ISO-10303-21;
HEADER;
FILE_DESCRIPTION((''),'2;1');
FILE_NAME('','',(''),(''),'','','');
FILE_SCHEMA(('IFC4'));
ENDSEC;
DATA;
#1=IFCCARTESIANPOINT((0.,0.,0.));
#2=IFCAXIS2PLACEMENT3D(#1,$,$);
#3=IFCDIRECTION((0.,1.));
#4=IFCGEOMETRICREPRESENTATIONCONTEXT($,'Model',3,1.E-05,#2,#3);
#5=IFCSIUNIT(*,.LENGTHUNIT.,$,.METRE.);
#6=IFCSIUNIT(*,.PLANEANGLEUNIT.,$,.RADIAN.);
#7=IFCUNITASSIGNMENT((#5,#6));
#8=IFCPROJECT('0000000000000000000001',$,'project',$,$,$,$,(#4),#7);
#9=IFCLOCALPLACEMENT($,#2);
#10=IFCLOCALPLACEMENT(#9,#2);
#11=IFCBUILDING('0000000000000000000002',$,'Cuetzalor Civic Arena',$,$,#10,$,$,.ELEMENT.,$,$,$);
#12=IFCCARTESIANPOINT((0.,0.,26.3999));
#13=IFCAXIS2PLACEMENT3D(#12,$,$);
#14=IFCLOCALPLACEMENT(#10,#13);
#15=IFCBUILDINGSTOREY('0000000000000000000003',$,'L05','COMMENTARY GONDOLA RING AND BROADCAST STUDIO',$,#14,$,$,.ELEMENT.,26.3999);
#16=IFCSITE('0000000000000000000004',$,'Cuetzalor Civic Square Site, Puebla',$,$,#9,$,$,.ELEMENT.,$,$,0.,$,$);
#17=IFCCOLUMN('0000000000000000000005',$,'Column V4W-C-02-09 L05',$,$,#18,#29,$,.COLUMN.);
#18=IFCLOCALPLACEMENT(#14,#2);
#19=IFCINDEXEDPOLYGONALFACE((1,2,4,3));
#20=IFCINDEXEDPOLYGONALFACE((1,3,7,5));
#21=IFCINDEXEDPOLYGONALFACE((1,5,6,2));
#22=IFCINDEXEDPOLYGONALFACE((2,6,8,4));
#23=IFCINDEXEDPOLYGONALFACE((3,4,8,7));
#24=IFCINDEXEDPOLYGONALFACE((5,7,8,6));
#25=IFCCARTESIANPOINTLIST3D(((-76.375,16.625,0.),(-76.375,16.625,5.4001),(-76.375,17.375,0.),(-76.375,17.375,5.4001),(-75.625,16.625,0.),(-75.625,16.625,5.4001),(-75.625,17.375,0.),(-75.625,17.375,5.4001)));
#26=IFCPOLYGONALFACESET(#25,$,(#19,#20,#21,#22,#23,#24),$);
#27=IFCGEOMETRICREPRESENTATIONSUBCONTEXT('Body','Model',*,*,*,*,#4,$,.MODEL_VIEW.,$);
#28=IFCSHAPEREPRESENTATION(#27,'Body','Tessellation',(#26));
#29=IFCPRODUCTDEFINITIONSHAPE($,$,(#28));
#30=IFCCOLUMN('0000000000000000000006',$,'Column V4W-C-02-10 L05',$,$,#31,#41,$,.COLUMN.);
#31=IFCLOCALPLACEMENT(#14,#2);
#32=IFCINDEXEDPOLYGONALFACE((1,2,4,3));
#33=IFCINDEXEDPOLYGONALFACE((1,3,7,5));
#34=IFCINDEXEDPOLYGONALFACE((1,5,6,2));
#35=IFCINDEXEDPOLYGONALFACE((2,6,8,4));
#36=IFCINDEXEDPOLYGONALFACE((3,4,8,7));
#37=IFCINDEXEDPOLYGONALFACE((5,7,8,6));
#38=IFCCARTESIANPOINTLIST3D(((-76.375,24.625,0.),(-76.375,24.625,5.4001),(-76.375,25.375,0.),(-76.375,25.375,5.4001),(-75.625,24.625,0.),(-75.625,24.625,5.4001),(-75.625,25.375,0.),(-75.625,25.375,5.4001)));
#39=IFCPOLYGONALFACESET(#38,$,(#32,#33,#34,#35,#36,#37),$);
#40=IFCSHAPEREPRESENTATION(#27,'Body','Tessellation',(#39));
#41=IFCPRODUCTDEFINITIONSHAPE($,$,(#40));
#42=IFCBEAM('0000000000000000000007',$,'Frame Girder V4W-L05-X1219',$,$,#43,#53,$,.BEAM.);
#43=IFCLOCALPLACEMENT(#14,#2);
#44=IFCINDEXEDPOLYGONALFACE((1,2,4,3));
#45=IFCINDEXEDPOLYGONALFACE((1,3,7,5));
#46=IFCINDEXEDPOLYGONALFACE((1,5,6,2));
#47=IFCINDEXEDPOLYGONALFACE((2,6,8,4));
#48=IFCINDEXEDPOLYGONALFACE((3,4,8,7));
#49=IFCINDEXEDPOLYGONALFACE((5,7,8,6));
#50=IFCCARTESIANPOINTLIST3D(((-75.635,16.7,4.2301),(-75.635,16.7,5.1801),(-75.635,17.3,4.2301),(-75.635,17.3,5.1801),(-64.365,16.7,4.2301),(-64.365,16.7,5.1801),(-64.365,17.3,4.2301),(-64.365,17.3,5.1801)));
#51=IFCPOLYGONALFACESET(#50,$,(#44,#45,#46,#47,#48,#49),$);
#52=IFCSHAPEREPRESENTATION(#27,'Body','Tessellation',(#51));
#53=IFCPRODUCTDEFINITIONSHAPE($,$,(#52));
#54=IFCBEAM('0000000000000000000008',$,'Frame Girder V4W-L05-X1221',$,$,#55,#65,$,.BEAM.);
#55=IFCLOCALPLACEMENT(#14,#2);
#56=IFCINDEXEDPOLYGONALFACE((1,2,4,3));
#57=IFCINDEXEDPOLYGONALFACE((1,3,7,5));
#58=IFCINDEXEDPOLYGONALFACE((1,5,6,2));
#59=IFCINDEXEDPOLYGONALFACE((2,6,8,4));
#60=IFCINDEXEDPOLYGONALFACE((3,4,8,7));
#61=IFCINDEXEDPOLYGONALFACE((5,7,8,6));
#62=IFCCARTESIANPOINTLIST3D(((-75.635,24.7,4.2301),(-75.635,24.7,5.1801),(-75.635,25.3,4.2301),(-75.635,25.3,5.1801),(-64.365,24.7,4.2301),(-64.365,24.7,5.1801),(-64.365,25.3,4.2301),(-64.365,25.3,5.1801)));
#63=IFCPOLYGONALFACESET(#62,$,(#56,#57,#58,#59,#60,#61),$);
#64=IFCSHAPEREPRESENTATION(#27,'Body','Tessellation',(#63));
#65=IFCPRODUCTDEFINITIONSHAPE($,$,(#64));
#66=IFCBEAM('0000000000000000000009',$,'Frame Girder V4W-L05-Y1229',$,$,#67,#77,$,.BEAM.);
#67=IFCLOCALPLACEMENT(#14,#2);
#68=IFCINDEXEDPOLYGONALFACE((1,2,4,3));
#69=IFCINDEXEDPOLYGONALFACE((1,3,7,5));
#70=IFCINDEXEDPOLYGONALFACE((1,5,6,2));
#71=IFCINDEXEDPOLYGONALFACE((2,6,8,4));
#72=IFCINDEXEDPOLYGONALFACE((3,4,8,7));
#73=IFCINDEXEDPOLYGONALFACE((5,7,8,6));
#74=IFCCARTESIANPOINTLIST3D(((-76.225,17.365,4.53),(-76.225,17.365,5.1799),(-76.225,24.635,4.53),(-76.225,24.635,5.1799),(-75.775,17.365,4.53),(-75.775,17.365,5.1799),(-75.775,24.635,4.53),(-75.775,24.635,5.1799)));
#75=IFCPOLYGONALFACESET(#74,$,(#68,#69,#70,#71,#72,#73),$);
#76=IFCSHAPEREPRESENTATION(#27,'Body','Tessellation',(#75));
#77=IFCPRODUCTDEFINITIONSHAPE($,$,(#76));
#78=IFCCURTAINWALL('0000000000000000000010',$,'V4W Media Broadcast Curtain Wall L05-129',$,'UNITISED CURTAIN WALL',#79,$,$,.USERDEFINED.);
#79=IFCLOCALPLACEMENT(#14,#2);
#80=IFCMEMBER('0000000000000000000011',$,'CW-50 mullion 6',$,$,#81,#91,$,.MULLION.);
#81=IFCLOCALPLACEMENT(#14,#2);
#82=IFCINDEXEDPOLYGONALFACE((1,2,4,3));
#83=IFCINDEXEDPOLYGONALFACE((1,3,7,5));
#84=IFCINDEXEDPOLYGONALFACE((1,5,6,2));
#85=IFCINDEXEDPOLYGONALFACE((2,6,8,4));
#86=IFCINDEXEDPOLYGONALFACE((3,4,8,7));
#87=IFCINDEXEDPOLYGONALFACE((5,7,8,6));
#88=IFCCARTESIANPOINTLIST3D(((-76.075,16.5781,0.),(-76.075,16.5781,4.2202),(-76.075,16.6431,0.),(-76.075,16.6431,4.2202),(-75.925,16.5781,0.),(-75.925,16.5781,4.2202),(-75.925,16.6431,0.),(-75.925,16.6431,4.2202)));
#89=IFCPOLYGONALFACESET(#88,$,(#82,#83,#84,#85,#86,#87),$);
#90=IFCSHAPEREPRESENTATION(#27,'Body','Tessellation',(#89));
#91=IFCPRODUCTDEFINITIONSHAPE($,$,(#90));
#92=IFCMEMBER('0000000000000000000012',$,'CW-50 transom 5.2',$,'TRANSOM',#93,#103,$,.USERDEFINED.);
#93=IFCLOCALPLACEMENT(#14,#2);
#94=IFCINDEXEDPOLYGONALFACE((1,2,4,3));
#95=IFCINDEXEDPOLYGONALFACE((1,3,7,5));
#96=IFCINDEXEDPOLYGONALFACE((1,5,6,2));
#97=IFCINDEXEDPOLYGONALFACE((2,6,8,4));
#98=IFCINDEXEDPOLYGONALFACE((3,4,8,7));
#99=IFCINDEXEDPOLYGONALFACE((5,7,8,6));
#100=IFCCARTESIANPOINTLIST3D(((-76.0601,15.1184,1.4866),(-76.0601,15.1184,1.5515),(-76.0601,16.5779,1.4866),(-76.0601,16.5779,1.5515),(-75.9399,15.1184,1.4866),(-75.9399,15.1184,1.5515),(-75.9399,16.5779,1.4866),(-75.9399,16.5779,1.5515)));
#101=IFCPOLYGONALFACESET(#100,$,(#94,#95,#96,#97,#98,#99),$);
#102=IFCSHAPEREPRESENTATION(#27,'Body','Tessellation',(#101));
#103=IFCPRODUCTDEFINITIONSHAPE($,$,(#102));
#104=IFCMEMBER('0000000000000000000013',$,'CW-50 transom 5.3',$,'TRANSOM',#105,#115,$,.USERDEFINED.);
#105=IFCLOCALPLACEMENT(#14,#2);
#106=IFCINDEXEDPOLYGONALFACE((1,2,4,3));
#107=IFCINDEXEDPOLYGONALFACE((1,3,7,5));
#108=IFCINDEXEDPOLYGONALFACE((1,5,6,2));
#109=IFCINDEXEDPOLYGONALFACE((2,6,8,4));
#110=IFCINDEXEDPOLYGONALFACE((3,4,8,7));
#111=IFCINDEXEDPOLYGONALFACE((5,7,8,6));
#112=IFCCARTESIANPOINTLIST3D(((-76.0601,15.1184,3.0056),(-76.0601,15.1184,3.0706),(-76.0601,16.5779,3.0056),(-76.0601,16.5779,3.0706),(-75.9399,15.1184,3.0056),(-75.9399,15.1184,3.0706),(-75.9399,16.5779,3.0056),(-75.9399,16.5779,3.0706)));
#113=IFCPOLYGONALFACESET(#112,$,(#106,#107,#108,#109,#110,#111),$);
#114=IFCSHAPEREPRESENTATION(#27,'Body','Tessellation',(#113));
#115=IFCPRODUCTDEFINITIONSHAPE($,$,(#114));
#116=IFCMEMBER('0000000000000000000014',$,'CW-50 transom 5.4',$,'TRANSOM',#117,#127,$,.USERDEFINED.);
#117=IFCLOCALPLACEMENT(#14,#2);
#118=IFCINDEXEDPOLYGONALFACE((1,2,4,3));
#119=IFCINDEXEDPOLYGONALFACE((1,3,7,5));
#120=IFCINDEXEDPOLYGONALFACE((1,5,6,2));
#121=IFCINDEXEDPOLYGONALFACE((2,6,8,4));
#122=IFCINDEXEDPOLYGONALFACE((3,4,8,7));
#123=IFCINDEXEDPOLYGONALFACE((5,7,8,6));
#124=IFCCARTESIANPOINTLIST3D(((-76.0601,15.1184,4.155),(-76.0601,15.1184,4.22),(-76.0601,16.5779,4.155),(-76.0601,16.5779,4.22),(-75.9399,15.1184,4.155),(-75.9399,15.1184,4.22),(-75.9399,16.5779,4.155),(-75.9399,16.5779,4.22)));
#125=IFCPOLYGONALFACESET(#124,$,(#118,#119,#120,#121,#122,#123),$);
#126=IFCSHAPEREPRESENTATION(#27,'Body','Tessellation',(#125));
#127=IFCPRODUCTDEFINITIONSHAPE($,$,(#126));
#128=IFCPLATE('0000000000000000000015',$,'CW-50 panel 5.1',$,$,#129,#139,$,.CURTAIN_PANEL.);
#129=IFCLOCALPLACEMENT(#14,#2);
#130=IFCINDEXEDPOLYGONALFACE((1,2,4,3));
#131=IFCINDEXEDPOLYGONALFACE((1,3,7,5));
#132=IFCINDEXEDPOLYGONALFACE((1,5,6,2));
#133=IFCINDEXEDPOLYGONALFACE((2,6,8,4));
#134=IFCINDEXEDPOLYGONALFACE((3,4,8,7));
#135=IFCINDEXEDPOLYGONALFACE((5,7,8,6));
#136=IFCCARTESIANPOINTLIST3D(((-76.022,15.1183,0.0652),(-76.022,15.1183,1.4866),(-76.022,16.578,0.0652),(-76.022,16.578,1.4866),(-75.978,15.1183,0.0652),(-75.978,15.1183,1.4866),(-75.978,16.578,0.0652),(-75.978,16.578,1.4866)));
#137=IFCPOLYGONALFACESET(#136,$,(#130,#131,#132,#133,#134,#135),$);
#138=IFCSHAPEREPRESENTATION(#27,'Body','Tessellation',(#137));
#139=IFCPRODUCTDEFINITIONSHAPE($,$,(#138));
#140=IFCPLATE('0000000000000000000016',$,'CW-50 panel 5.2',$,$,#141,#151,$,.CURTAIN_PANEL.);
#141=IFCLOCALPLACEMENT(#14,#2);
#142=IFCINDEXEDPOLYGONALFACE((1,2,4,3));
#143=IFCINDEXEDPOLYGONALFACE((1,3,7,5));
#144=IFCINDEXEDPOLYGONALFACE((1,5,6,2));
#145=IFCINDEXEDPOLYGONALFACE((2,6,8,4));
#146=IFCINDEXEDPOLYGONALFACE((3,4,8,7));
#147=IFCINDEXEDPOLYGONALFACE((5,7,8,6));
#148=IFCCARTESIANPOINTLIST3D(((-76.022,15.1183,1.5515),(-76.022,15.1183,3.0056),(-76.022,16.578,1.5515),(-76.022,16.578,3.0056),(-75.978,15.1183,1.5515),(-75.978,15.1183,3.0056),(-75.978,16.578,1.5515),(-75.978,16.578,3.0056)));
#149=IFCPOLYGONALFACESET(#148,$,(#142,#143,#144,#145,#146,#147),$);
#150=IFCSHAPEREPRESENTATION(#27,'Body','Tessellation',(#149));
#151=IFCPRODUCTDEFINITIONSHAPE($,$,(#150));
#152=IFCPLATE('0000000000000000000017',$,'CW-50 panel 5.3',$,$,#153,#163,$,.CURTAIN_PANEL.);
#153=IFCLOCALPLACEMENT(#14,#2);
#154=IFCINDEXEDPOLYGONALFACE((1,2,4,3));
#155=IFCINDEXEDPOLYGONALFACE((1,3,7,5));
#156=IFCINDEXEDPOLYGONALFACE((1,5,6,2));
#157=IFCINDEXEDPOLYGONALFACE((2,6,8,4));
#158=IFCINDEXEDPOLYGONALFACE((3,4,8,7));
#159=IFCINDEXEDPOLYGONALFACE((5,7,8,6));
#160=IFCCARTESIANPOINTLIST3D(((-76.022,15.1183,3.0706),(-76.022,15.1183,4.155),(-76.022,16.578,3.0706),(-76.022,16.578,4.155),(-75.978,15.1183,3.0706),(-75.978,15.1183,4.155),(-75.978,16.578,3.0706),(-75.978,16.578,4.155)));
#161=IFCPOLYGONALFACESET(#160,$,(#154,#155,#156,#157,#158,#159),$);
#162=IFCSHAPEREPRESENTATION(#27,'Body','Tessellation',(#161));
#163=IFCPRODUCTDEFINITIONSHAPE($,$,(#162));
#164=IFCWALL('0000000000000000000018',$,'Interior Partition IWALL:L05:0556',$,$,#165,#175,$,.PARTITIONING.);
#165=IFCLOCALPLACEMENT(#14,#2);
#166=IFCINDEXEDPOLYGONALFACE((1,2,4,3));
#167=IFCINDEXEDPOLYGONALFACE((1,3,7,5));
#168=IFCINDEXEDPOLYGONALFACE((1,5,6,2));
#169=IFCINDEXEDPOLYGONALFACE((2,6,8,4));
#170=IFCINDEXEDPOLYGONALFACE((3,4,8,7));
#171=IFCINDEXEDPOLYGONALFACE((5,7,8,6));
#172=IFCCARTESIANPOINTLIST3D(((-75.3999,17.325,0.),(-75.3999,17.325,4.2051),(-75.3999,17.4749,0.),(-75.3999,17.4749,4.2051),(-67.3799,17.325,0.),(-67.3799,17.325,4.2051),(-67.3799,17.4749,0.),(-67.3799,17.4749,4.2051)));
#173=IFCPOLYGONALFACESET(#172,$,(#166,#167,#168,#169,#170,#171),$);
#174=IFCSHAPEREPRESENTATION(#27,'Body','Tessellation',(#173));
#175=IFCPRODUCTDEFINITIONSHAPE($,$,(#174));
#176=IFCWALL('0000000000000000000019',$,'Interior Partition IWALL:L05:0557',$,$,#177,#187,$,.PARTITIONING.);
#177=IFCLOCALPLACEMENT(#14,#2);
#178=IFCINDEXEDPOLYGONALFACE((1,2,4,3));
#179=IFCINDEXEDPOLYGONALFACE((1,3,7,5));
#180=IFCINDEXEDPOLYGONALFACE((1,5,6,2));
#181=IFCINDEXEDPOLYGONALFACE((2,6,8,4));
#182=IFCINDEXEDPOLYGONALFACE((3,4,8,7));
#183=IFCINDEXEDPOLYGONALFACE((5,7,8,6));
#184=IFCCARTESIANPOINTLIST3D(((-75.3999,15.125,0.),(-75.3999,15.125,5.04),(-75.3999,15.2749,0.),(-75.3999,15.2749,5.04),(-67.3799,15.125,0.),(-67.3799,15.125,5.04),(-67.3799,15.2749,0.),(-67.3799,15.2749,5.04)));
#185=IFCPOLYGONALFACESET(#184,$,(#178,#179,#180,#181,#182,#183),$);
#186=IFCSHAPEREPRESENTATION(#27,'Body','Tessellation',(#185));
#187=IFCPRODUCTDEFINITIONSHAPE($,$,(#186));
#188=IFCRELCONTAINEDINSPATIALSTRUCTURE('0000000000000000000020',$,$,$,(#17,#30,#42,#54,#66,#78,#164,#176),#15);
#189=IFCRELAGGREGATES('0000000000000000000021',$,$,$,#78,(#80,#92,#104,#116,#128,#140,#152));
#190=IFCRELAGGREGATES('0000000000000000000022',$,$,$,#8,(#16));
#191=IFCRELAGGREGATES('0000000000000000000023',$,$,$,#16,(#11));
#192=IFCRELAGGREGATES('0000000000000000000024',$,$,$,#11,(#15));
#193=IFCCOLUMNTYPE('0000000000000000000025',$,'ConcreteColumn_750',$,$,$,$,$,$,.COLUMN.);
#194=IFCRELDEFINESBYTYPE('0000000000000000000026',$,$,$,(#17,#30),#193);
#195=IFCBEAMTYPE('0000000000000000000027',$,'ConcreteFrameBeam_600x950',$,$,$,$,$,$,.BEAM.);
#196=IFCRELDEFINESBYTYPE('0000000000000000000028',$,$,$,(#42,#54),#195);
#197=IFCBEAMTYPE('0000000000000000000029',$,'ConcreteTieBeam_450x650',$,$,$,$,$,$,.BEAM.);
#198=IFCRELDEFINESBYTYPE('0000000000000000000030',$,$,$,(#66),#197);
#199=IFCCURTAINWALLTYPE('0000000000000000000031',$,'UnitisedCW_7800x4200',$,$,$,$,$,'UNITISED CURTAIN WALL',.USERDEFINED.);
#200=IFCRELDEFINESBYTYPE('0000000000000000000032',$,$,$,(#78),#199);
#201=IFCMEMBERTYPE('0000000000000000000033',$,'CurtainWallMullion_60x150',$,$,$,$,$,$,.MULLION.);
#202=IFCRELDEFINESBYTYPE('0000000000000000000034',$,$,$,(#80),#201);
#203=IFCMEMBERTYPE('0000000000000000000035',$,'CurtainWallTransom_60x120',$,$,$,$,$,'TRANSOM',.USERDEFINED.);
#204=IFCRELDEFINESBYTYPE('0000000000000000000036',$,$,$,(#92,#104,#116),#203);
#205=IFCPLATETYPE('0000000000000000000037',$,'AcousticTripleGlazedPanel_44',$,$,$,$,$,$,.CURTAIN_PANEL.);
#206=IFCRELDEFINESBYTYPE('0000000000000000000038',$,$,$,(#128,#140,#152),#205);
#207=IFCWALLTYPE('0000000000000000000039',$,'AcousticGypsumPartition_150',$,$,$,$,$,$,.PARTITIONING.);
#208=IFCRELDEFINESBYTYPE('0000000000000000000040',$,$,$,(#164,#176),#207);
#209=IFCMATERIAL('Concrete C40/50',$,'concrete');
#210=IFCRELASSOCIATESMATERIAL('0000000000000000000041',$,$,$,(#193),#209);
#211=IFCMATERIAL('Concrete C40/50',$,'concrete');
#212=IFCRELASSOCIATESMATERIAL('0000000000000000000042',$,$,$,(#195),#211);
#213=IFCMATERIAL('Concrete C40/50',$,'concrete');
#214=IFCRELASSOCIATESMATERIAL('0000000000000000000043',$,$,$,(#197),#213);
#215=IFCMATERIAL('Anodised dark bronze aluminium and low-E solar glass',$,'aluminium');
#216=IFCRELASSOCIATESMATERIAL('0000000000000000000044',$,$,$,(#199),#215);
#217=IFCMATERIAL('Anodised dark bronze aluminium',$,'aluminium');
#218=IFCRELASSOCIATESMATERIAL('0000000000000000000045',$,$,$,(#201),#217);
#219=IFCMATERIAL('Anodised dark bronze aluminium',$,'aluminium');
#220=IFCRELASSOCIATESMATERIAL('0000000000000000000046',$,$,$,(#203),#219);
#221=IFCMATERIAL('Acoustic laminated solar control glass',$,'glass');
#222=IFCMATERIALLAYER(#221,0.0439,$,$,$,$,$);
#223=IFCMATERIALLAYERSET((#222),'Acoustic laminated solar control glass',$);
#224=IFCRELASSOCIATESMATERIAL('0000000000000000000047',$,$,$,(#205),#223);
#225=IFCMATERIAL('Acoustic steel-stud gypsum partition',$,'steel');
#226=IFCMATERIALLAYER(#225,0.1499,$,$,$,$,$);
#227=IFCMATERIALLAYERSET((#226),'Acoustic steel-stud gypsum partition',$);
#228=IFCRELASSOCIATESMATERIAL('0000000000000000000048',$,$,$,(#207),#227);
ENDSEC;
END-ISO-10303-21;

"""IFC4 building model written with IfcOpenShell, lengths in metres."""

from ifc_helpers import new_model, si_unit, direction, frame, frame_2d, origin, origin_2d, place, context, subcontext, project, spatial, rectangle, extrude, material, layer, layer_set, material_profile, profile_set, type_object, element, aggregate, save


model = new_model("IFC4")

# Units and contexts
model_context = context("Model", 3, precision=1e-05, world=origin(), true_north=direction((0.0, 1.0)))
body_context = subcontext(model_context, "Body", "Model", "MODEL_VIEW")
ifc_project = project(units=[si_unit("LENGTHUNIT", "METRE"), si_unit("PLANEANGLEUNIT", "RADIAN")], contexts=[model_context])

# Site, building, storey
site_placement = place(None, origin())
site = spatial("IfcSite", under=ifc_project, at=site_placement, Name="Cuetzalor Civic Square Site, Puebla", CompositionType="ELEMENT", RefElevation=0.0)
building_placement = place(site_placement, origin())
building = spatial("IfcBuilding", under=site, at=building_placement, Name="Cuetzalor Civic Arena", CompositionType="ELEMENT")
storey_placement = place(building_placement, frame((0.0, 0.0, 26.3999)))
storey = spatial("IfcBuildingStorey", under=building, at=storey_placement, Name="L05", Description="COMMENTARY GONDOLA RING AND BROADCAST STUDIO", CompositionType="ELEMENT", Elevation=26.3999)

# Columns
ifc_material_1 = material(Name="Concrete C40/50", Category="concrete")
ifc_material_profile_1 = material_profile(ifc_material_1, rectangle(XDim=0.75, YDim=0.75, at=origin_2d()), Name="RC 750x750")
ifc_profile_set_1 = profile_set([ifc_material_profile_1], Name="Concrete C40/50")
column_type = type_object("IfcColumnType", Name="ConcreteColumn_750", PredefinedType="COLUMN", material=ifc_profile_set_1)
for number, where, z_axis, x_axis, name in (
    (1, (-76.0, 17.0, 0.0), (0.0, 0.0, 1.0), (1.0, 0.0, 0.0), "Column V4W-C-02-09 L05"),
    (2, (-76.0, 25.0, 0.0), (0.0, 0.0, 1.0), (1.0, 0.0, 0.0), "Column V4W-C-02-10 L05"),
):
    element("IfcColumn", number, at=place(storey_placement, frame(where, z_axis=z_axis, x_axis=x_axis)), inside=storey, type_object=column_type, Name=name, PredefinedType="COLUMN", context=body_context, shape_type="SweptSolid", body=[
        extrude(rectangle(XDim=0.75, YDim=0.75, at=origin_2d()), origin(), (0.0, 0.0, 1.0), 5.4001),
    ])

# Beams
ifc_material_2 = material(Name="Concrete C40/50", Category="concrete")
ifc_material_profile_2 = material_profile(ifc_material_2, rectangle(XDim=0.6001, YDim=0.95, at=origin_2d()), Name="RC 600x950")
ifc_profile_set_2 = profile_set([ifc_material_profile_2], Name="Concrete C40/50")
beam_type_1 = type_object("IfcBeamType", Name="ConcreteFrameBeam_600x950", PredefinedType="BEAM", material=ifc_profile_set_2)
for number, where, z_axis, x_axis, name in (
    (3, (-75.635, 17.0, 4.7051), (1.0, 0.0, 0.0), (0.0, 1.0, 0.0), "Frame Girder V4W-L05-X1219"),
    (4, (-75.635, 25.0, 4.7051), (1.0, 0.0, 0.0), (0.0, 1.0, 0.0), "Frame Girder V4W-L05-X1221"),
):
    element("IfcBeam", number, at=place(storey_placement, frame(where, z_axis=z_axis, x_axis=x_axis)), inside=storey, type_object=beam_type_1, Name=name, PredefinedType="BEAM", context=body_context, shape_type="SweptSolid", body=[
        extrude(rectangle(XDim=0.6001, YDim=0.95, at=origin_2d()), origin(), (0.0, 0.0, 1.0), 11.27),
    ])
ifc_material_3 = material(Name="Concrete C40/50", Category="concrete")
ifc_material_profile_3 = material_profile(ifc_material_3, rectangle(XDim=0.45, YDim=0.6499, at=origin_2d()), Name="RC 450x650")
ifc_profile_set_3 = profile_set([ifc_material_profile_3], Name="Concrete C40/50")
beam_type_2 = type_object("IfcBeamType", Name="ConcreteTieBeam_450x650", PredefinedType="BEAM", material=ifc_profile_set_3)
beam_placement = place(storey_placement, frame((-76.0, 17.365, 4.855), z_axis=(0.0, 1.0, 0.0), x_axis=(-1.0, 0.0, 0.0)))
element("IfcBeam", 5, at=beam_placement, inside=storey, type_object=beam_type_2, Name="Frame Girder V4W-L05-Y1229", PredefinedType="BEAM", context=body_context, shape_type="SweptSolid", body=[
    extrude(rectangle(XDim=0.45, YDim=0.6499, at=origin_2d()), origin(), (0.0, 0.0, 1.0), 7.27),
])

# Curtain wall, members, plates
ifc_material_4 = material(Name="Anodised dark bronze aluminium and low-E solar glass", Category="aluminium")
curtain_wall_type = type_object("IfcCurtainWallType", Name="UnitisedCW_7800x4200", ElementType="UNITISED CURTAIN WALL", PredefinedType="USERDEFINED", material=ifc_material_4)
curtain_wall_placement = place(storey_placement, origin())
curtain_wall = element("IfcCurtainWall", 6, at=curtain_wall_placement, inside=storey, type_object=curtain_wall_type, Name="V4W Media Broadcast Curtain Wall L05-129", ObjectType="UNITISED CURTAIN WALL", PredefinedType="USERDEFINED")
ifc_material_5 = material(Name="Anodised dark bronze aluminium", Category="aluminium")
ifc_material_profile_4 = material_profile(ifc_material_5, rectangle(XDim=0.0649, YDim=0.1499, at=origin_2d()), Name="ALU MULLION 65x150")
ifc_profile_set_4 = profile_set([ifc_material_profile_4], Name="Anodised dark bronze aluminium")
member_type_1 = type_object("IfcMemberType", Name="CurtainWallMullion_60x150", PredefinedType="MULLION", material=ifc_profile_set_4)
member_1_placement = place(storey_placement, frame((-76.0, 16.6106, 0.0), z_axis=(0.0, 0.0, 1.0), x_axis=(0.0, 1.0, 0.0)))
member_1 = element("IfcMember", 7, at=member_1_placement, type_object=member_type_1, Name="CW-50 mullion 6", PredefinedType="MULLION", context=body_context, shape_type="SweptSolid", body=[
    extrude(rectangle(XDim=0.0649, YDim=0.1499, at=origin_2d()), origin(), (0.0, 0.0, 1.0), 4.2202),
])
ifc_material_6 = material(Name="Anodised dark bronze aluminium", Category="aluminium")
ifc_material_profile_5 = material_profile(ifc_material_6, rectangle(XDim=0.1201, YDim=0.0649, at=origin_2d()), Name="ALU TRANSOM 65x120")
ifc_profile_set_5 = profile_set([ifc_material_profile_5], Name="Anodised dark bronze aluminium")
member_type_2 = type_object("IfcMemberType", Name="CurtainWallTransom_60x120", ElementType="TRANSOM", PredefinedType="USERDEFINED", material=ifc_profile_set_5)
member_2_placement = place(storey_placement, frame((-76.0, 15.1184, 1.519), z_axis=(0.0, 1.0, 0.0), x_axis=(-1.0, 0.0, 0.0)))
member_2 = element("IfcMember", 8, at=member_2_placement, type_object=member_type_2, Name="CW-50 transom 5.2", ObjectType="TRANSOM", PredefinedType="USERDEFINED", context=body_context, shape_type="SweptSolid", body=[
    extrude(rectangle(XDim=0.1201, YDim=0.0649, at=origin_2d()), origin(), (0.0, 0.0, 1.0), 1.4595),
])
member_3_placement = place(storey_placement, frame((-76.0, 15.1184, 3.0381), z_axis=(0.0, 1.0, 0.0), x_axis=(-1.0, 0.0, 0.0)))
member_3 = element("IfcMember", 9, at=member_3_placement, type_object=member_type_2, Name="CW-50 transom 5.3", ObjectType="TRANSOM", PredefinedType="USERDEFINED", context=body_context, shape_type="SweptSolid", body=[
    extrude(rectangle(XDim=0.1201, YDim=0.0649, at=origin_2d()), origin(), (0.0, 0.0, 1.0), 1.4595),
])
member_4_placement = place(storey_placement, frame((-76.0, 15.1184, 4.1875), z_axis=(0.0, 1.0, 0.0), x_axis=(-1.0, 0.0, 0.0)))
member_4 = element("IfcMember", 10, at=member_4_placement, type_object=member_type_2, Name="CW-50 transom 5.4", ObjectType="TRANSOM", PredefinedType="USERDEFINED", context=body_context, shape_type="SweptSolid", body=[
    extrude(rectangle(XDim=0.1201, YDim=0.0649, at=origin_2d()), origin(), (0.0, 0.0, 1.0), 1.4595),
])
ifc_material_7 = material(Name="Acoustic laminated solar control glass", Category="glass")
ifc_layer_1 = layer(ifc_material_7, 0.0439)
ifc_layer_set_1 = layer_set([ifc_layer_1], Name="Acoustic laminated solar control glass")
plate_type = type_object("IfcPlateType", Name="AcousticTripleGlazedPanel_44", PredefinedType="CURTAIN_PANEL", material=ifc_layer_set_1)
plate_1_placement = place(storey_placement, frame((-76.0, 15.8481, 0.0652), z_axis=(0.0, 0.0, 1.0), x_axis=(0.0, 1.0, 0.0)))
plate_1 = element("IfcPlate", 11, at=plate_1_placement, type_object=plate_type, Name="CW-50 panel 5.1", PredefinedType="CURTAIN_PANEL", context=body_context, shape_type="SweptSolid", body=[
    extrude(rectangle(XDim=1.4597, YDim=0.0439, at=origin_2d()), origin(), (0.0, 0.0, 1.0), 1.4214),
])
plate_2_placement = place(storey_placement, frame((-76.0, 15.8481, 1.5515), z_axis=(0.0, 0.0, 1.0), x_axis=(0.0, 1.0, 0.0)))
plate_2 = element("IfcPlate", 12, at=plate_2_placement, type_object=plate_type, Name="CW-50 panel 5.2", PredefinedType="CURTAIN_PANEL", context=body_context, shape_type="SweptSolid", body=[
    extrude(rectangle(XDim=1.4597, YDim=0.0439, at=origin_2d()), origin(), (0.0, 0.0, 1.0), 1.4541),
])
plate_3_placement = place(storey_placement, frame((-76.0, 15.8481, 3.0706), z_axis=(0.0, 0.0, 1.0), x_axis=(0.0, 1.0, 0.0)))
plate_3 = element("IfcPlate", 13, at=plate_3_placement, type_object=plate_type, Name="CW-50 panel 5.3", PredefinedType="CURTAIN_PANEL", context=body_context, shape_type="SweptSolid", body=[
    extrude(rectangle(XDim=1.4597, YDim=0.0439, at=origin_2d()), origin(), (0.0, 0.0, 1.0), 1.0845),
])
aggregate(curtain_wall, [member_1, member_2, member_3, member_4, plate_1, plate_2, plate_3])

# Walls
ifc_material_8 = material(Name="Acoustic steel-stud gypsum partition", Category="steel")
ifc_layer_2 = layer(ifc_material_8, 0.1499)
ifc_layer_set_2 = layer_set([ifc_layer_2], Name="Acoustic steel-stud gypsum partition")
wall_type_1 = type_object("IfcWallType", Name="AcousticGypsumPartition_150", PredefinedType="PARTITIONING", material=ifc_layer_set_2)
wall_1_placement = place(storey_placement, frame((-75.3999, 17.3999, 0.0), z_axis=(0.0, 0.0, 1.0), x_axis=(1.0, 0.0, 0.0)))
element("IfcWall", 14, at=wall_1_placement, inside=storey, type_object=wall_type_1, Name="Interior Partition IWALL:L05:0556", PredefinedType="PARTITIONING", context=body_context, shape_type="SweptSolid", body=[
    extrude(rectangle(XDim=8.02, YDim=0.1499, at=frame_2d((4.01, 0.0))), origin(), (0.0, 0.0, 1.0), 4.2051),
])
wall_2_placement = place(storey_placement, frame((-67.3799, 15.2, 0.0), z_axis=(0.0, 0.0, 1.0), x_axis=(-1.0, 0.0, 0.0)))
element("IfcWall", 15, at=wall_2_placement, inside=storey, type_object=wall_type_1, Name="Interior Partition IWALL:L05:0557", PredefinedType="PARTITIONING", context=body_context, shape_type="SweptSolid", body=[
    extrude(rectangle(XDim=8.02, YDim=0.1499, at=frame_2d((4.01, 0.0))), origin(), (0.0, 0.0, 1.0), 5.04),
])

save(model, "model.ifc")
